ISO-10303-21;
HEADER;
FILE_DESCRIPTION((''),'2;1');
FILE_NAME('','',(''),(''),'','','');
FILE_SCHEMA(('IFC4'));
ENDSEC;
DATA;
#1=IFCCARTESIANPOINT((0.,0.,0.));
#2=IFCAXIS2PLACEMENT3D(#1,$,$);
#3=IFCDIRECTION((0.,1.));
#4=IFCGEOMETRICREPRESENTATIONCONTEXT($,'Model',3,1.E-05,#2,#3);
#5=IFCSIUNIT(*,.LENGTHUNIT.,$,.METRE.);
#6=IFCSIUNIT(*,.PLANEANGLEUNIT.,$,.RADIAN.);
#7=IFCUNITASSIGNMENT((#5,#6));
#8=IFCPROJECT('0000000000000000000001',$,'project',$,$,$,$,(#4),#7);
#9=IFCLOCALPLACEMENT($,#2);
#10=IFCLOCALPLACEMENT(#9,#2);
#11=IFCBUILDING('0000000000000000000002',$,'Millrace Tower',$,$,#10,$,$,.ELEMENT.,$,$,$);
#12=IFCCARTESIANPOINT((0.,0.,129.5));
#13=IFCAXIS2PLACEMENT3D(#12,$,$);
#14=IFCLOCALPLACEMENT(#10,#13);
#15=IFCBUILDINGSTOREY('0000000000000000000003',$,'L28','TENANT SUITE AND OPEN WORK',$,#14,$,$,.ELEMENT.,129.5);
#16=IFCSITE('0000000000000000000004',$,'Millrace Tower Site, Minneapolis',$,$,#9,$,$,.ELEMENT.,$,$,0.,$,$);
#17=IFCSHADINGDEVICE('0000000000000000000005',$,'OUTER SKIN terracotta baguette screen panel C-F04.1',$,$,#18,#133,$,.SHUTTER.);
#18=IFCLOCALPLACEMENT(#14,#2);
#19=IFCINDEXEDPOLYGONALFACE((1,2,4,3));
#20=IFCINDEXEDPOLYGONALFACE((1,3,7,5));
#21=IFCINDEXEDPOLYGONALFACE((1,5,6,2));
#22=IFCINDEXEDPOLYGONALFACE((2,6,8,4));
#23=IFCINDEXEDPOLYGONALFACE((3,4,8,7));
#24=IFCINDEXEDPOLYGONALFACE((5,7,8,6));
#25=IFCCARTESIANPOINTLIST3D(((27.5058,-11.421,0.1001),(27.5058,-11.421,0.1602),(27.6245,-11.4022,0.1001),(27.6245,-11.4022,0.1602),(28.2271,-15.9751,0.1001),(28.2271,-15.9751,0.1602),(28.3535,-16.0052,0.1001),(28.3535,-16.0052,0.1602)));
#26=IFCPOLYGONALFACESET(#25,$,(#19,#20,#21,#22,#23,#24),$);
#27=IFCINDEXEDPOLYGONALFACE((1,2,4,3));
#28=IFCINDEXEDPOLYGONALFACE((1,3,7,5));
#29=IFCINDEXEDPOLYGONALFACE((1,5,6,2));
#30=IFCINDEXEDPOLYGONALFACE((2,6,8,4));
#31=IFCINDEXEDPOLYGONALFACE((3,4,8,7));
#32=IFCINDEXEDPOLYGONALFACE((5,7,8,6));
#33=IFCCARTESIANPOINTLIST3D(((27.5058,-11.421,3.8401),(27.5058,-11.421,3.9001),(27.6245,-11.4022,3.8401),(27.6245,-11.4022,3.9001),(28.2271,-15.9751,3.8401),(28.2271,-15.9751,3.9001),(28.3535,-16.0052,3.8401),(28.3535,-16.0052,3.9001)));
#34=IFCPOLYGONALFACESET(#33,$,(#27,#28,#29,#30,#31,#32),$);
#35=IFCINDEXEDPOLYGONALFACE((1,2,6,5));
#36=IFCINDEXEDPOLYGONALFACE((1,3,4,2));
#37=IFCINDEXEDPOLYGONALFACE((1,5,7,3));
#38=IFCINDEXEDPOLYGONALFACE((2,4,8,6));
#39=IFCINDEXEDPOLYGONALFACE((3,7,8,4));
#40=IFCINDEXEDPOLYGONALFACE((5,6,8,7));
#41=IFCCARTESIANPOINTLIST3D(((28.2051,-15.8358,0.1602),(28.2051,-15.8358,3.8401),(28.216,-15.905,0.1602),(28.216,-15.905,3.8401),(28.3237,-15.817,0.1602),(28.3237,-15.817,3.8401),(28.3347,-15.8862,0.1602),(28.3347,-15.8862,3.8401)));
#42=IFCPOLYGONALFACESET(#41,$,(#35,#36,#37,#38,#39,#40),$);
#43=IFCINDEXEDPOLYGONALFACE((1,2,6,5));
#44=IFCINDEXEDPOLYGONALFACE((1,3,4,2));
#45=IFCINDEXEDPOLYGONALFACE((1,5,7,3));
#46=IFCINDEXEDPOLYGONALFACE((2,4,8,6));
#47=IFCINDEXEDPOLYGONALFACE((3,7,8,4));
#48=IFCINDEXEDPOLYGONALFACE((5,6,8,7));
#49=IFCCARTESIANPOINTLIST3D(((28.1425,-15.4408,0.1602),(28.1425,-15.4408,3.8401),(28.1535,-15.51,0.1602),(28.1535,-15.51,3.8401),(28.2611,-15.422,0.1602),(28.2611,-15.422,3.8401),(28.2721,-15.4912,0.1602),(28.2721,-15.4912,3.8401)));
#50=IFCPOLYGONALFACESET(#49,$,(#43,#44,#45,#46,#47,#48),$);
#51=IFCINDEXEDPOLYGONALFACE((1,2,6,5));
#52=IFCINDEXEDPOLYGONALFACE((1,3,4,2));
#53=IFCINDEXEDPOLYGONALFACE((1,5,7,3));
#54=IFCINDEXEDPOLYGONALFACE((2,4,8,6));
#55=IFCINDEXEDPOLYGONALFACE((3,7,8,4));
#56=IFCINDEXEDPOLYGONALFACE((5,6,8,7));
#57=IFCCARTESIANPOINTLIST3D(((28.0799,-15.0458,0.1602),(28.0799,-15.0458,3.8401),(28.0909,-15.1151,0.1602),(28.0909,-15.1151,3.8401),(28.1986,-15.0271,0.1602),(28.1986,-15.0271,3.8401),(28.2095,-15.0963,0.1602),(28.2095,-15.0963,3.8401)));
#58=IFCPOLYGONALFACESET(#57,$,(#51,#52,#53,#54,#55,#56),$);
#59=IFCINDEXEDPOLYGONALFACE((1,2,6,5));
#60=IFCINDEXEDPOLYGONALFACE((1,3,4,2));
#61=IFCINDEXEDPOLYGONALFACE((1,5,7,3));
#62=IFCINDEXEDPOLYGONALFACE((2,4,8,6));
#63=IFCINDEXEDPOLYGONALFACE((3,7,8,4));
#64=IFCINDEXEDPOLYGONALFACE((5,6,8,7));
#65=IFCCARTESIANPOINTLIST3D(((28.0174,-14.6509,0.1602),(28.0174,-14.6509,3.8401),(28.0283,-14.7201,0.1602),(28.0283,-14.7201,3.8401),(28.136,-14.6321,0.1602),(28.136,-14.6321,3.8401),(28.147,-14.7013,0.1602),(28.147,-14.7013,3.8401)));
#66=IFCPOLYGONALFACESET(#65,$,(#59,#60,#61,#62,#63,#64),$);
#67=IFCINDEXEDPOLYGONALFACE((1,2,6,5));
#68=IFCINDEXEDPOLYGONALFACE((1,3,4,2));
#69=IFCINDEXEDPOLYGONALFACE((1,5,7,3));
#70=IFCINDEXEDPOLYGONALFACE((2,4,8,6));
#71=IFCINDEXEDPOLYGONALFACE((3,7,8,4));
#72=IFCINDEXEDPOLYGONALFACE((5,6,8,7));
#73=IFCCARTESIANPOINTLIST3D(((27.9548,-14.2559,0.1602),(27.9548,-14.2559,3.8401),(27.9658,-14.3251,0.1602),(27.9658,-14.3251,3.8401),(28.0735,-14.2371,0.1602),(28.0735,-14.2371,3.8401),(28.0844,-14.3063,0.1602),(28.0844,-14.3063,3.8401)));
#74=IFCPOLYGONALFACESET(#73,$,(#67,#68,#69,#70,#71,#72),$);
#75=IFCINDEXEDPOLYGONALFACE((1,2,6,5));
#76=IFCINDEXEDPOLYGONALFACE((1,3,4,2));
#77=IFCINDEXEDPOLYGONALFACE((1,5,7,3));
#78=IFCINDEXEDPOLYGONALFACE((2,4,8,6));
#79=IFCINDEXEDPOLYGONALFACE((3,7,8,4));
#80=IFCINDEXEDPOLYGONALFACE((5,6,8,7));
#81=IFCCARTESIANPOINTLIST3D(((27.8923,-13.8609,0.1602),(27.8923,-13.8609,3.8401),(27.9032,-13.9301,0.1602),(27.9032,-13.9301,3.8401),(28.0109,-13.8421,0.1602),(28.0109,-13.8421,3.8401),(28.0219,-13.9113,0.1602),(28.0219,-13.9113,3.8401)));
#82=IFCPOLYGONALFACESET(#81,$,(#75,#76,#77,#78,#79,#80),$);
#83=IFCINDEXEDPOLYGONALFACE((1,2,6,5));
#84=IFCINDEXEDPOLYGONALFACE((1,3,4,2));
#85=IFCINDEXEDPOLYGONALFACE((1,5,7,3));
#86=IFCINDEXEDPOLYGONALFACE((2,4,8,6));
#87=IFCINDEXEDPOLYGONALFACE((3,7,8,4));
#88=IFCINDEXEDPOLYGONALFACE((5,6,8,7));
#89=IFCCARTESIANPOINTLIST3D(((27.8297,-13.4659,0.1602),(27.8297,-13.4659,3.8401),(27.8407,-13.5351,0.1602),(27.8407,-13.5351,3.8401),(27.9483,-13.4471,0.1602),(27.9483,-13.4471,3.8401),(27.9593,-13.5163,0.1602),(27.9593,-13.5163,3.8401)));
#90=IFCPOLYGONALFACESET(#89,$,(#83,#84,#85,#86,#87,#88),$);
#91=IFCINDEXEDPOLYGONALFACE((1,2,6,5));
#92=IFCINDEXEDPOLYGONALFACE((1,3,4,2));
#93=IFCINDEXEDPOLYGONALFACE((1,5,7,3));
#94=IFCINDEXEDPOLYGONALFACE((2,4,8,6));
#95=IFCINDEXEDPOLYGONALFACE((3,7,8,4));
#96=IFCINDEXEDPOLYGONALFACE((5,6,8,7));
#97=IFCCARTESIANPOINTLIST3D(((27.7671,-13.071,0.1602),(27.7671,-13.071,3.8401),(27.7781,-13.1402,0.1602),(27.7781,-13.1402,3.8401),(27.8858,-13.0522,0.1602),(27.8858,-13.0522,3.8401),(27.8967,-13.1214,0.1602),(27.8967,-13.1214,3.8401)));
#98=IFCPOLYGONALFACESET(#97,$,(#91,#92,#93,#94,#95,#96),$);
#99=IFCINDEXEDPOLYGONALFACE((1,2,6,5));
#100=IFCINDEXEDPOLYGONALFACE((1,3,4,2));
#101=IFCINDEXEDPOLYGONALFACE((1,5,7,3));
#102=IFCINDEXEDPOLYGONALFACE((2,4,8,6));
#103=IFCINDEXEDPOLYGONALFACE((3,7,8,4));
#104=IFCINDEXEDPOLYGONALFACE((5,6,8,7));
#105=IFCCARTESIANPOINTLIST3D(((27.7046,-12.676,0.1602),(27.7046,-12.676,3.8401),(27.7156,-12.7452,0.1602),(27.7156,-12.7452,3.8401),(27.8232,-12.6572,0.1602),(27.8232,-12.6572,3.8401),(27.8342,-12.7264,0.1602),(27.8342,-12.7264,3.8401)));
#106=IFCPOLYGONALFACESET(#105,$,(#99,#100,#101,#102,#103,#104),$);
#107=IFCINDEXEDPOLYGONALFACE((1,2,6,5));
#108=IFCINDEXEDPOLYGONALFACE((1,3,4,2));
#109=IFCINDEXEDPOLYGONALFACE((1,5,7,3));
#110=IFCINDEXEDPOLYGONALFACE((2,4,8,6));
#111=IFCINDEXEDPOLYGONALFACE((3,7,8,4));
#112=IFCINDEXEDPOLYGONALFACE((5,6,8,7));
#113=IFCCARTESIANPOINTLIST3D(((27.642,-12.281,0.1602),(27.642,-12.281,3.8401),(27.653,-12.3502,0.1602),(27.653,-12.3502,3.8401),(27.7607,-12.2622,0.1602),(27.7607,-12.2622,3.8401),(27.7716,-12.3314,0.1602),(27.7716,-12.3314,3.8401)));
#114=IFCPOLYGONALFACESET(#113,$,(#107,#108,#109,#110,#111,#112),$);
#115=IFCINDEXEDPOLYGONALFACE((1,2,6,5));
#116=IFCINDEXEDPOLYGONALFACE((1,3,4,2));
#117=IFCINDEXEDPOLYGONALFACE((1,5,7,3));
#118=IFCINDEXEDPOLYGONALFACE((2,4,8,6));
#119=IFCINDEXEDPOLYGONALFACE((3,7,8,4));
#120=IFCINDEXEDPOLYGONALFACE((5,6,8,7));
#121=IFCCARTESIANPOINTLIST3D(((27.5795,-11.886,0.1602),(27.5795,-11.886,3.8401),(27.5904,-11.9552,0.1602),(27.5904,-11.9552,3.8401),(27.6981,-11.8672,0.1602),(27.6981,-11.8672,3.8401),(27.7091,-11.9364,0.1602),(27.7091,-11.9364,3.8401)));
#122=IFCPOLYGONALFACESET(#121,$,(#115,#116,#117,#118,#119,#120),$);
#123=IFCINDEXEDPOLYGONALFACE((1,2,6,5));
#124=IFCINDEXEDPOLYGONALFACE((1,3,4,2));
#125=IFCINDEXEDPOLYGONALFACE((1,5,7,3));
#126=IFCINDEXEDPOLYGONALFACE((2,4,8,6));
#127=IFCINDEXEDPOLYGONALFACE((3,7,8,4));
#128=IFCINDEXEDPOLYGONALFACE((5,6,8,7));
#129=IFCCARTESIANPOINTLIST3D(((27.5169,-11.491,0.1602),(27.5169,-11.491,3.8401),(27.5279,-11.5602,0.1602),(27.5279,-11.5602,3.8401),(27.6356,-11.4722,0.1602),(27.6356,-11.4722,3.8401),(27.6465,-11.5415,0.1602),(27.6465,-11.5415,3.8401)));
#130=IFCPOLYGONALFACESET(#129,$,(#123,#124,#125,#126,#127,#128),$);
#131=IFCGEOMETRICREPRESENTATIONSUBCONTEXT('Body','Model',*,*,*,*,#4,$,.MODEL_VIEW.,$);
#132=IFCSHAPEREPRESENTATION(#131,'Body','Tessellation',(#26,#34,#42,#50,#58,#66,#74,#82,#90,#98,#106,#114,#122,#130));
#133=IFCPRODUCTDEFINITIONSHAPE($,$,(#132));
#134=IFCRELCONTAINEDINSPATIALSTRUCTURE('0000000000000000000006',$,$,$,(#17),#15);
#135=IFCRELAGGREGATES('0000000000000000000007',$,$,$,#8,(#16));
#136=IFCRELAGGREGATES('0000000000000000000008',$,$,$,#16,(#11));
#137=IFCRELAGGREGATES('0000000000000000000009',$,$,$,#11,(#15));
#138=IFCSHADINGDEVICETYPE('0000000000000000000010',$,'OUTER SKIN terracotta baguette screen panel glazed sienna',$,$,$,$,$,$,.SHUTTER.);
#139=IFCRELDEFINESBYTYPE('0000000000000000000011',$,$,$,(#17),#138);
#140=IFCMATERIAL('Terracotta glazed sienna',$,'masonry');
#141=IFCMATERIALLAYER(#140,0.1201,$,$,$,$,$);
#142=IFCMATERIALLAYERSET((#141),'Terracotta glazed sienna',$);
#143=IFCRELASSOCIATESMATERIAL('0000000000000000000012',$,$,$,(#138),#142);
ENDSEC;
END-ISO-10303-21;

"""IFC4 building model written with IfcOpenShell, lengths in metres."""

from ifc_helpers import new_model, entity, si_unit, direction, frame, frame_2d, origin, place, context, subcontext, project, spatial, rectangle, extrude, source, transform, mapped, material, layer, layer_set, type_object, element, save


model = new_model("IFC4")

# Units and contexts
model_context = context("Model", 3, precision=1e-05, world=origin(), true_north=direction((0.0, 1.0)))
body_context = subcontext(model_context, "Body", "Model", "MODEL_VIEW")
ifc_project = project(units=[si_unit("LENGTHUNIT", "METRE"), si_unit("PLANEANGLEUNIT", "RADIAN")], contexts=[model_context])

# Site, building, storey
site_placement = place(None, origin())
site = spatial("IfcSite", under=ifc_project, at=site_placement, Name="Millrace Tower Site, Minneapolis", CompositionType="ELEMENT", RefElevation=0.0)
building_placement = place(site_placement, origin())
building = spatial("IfcBuilding", under=site, at=building_placement, Name="Millrace Tower", CompositionType="ELEMENT")
storey_placement = place(building_placement, frame((0.0, 0.0, 129.5)))
storey = spatial("IfcBuildingStorey", under=building, at=storey_placement, Name="L28", Description="TENANT SUITE AND OPEN WORK", CompositionType="ELEMENT", Elevation=129.5)

# Shading device
ifc_material_1 = material(Name="Terracotta glazed sienna", Category="masonry")
ifc_layer_1 = layer(ifc_material_1, 0.1201)
ifc_layer_set_1 = layer_set([ifc_layer_1], Name="Terracotta glazed sienna")
shading_device_type = type_object("IfcShadingDeviceType", Name="OUTER SKIN terracotta baguette screen panel glazed sienna", PredefinedType="SHUTTER", material=ifc_layer_set_1)
cartesian_point_1 = entity("IfcCartesianPoint", [-2.293, 0.0601])
shared_polyline_1 = entity("IfcPolyline", [cartesian_point_1, entity("IfcCartesianPoint", [2.3179, 0.0601]), entity("IfcCartesianPoint", [2.3179, -0.0601]), entity("IfcCartesianPoint", [-2.3425, -0.0601]), cartesian_point_1])
shared_shape_1 = source(origin(), body_context, "Body", "SweptSolid", [
    entity("IfcExtrudedAreaSolid", entity("IfcArbitraryClosedProfileDef", "AREA", None, shared_polyline_1), entity("IfcAxis2Placement3D", entity("IfcCartesianPoint", [0.0, 0.0, 0.0])), entity("IfcDirection", [0.0, 0.0, 1.0]), 0.0601),
    entity("IfcExtrudedAreaSolid", entity("IfcArbitraryClosedProfileDef", "AREA", None, shared_polyline_1), entity("IfcAxis2Placement3D", entity("IfcCartesianPoint", [0.0, 0.0, 3.74])), entity("IfcDirection", [0.0, 0.0, 1.0]), 0.0601),
    extrude(rectangle(XDim=0.0701, YDim=0.1201, at=frame_2d((-2.187, 0.0))), frame((0.0, 0.0, 0.0601)), (0.0, 0.0, 1.0), 3.6799),
    extrude(rectangle(XDim=0.0701, YDim=0.1201, at=frame_2d((-1.7871, 0.0))), frame((0.0, 0.0, 0.0601)), (0.0, 0.0, 1.0), 3.6799),
    extrude(rectangle(XDim=0.0701, YDim=0.1201, at=frame_2d((-1.3872, 0.0))), frame((0.0, 0.0, 0.0601)), (0.0, 0.0, 1.0), 3.6799),
    extrude(rectangle(XDim=0.0701, YDim=0.1201, at=frame_2d((-0.9873, 0.0))), frame((0.0, 0.0, 0.0601)), (0.0, 0.0, 1.0), 3.6799),
    extrude(rectangle(XDim=0.0701, YDim=0.1201, at=frame_2d((-0.5874, 0.0))), frame((0.0, 0.0, 0.0601)), (0.0, 0.0, 1.0), 3.6799),
    extrude(rectangle(XDim=0.0701, YDim=0.1201, at=frame_2d((-0.1875, 0.0))), frame((0.0, 0.0, 0.0601)), (0.0, 0.0, 1.0), 3.6799),
    extrude(rectangle(XDim=0.0701, YDim=0.1201, at=frame_2d((0.2124, 0.0))), frame((0.0, 0.0, 0.0601)), (0.0, 0.0, 1.0), 3.6799),
    extrude(rectangle(XDim=0.0701, YDim=0.1201, at=frame_2d((0.6123, 0.0))), frame((0.0, 0.0, 0.0601)), (0.0, 0.0, 1.0), 3.6799),
    extrude(rectangle(XDim=0.0701, YDim=0.1201, at=frame_2d((1.0122, 0.0))), frame((0.0, 0.0, 0.0601)), (0.0, 0.0, 1.0), 3.6799),
    extrude(rectangle(XDim=0.0701, YDim=0.1201, at=frame_2d((1.4121, 0.0))), frame((0.0, 0.0, 0.0601)), (0.0, 0.0, 1.0), 3.6799),
    extrude(rectangle(XDim=0.0701, YDim=0.1201, at=frame_2d((1.812, 0.0))), frame((0.0, 0.0, 0.0601)), (0.0, 0.0, 1.0), 3.6799),
    extrude(rectangle(XDim=0.0701, YDim=0.1201, at=frame_2d((2.2119, 0.0))), frame((0.0, 0.0, 0.0601)), (0.0, 0.0, 1.0), 3.6799),
])
shading_device_1_placement = place(storey_placement, frame((27.9277, -13.7009, 0.1001), z_axis=(0.0, 0.0, 1.0), x_axis=(-0.156434, 0.987688, 0.0)))
element("IfcShadingDevice", 1, at=shading_device_1_placement, inside=storey, type_object=shading_device_type, Name="OUTER SKIN terracotta baguette screen panel C-F04.1", PredefinedType="SHUTTER", context=body_context, shape_type="MappedRepresentation", body=[
    mapped(shared_shape_1, transform((0.0, 0.0, 0.0), scale=1.0)),
])

save(model, "model.ifc")
